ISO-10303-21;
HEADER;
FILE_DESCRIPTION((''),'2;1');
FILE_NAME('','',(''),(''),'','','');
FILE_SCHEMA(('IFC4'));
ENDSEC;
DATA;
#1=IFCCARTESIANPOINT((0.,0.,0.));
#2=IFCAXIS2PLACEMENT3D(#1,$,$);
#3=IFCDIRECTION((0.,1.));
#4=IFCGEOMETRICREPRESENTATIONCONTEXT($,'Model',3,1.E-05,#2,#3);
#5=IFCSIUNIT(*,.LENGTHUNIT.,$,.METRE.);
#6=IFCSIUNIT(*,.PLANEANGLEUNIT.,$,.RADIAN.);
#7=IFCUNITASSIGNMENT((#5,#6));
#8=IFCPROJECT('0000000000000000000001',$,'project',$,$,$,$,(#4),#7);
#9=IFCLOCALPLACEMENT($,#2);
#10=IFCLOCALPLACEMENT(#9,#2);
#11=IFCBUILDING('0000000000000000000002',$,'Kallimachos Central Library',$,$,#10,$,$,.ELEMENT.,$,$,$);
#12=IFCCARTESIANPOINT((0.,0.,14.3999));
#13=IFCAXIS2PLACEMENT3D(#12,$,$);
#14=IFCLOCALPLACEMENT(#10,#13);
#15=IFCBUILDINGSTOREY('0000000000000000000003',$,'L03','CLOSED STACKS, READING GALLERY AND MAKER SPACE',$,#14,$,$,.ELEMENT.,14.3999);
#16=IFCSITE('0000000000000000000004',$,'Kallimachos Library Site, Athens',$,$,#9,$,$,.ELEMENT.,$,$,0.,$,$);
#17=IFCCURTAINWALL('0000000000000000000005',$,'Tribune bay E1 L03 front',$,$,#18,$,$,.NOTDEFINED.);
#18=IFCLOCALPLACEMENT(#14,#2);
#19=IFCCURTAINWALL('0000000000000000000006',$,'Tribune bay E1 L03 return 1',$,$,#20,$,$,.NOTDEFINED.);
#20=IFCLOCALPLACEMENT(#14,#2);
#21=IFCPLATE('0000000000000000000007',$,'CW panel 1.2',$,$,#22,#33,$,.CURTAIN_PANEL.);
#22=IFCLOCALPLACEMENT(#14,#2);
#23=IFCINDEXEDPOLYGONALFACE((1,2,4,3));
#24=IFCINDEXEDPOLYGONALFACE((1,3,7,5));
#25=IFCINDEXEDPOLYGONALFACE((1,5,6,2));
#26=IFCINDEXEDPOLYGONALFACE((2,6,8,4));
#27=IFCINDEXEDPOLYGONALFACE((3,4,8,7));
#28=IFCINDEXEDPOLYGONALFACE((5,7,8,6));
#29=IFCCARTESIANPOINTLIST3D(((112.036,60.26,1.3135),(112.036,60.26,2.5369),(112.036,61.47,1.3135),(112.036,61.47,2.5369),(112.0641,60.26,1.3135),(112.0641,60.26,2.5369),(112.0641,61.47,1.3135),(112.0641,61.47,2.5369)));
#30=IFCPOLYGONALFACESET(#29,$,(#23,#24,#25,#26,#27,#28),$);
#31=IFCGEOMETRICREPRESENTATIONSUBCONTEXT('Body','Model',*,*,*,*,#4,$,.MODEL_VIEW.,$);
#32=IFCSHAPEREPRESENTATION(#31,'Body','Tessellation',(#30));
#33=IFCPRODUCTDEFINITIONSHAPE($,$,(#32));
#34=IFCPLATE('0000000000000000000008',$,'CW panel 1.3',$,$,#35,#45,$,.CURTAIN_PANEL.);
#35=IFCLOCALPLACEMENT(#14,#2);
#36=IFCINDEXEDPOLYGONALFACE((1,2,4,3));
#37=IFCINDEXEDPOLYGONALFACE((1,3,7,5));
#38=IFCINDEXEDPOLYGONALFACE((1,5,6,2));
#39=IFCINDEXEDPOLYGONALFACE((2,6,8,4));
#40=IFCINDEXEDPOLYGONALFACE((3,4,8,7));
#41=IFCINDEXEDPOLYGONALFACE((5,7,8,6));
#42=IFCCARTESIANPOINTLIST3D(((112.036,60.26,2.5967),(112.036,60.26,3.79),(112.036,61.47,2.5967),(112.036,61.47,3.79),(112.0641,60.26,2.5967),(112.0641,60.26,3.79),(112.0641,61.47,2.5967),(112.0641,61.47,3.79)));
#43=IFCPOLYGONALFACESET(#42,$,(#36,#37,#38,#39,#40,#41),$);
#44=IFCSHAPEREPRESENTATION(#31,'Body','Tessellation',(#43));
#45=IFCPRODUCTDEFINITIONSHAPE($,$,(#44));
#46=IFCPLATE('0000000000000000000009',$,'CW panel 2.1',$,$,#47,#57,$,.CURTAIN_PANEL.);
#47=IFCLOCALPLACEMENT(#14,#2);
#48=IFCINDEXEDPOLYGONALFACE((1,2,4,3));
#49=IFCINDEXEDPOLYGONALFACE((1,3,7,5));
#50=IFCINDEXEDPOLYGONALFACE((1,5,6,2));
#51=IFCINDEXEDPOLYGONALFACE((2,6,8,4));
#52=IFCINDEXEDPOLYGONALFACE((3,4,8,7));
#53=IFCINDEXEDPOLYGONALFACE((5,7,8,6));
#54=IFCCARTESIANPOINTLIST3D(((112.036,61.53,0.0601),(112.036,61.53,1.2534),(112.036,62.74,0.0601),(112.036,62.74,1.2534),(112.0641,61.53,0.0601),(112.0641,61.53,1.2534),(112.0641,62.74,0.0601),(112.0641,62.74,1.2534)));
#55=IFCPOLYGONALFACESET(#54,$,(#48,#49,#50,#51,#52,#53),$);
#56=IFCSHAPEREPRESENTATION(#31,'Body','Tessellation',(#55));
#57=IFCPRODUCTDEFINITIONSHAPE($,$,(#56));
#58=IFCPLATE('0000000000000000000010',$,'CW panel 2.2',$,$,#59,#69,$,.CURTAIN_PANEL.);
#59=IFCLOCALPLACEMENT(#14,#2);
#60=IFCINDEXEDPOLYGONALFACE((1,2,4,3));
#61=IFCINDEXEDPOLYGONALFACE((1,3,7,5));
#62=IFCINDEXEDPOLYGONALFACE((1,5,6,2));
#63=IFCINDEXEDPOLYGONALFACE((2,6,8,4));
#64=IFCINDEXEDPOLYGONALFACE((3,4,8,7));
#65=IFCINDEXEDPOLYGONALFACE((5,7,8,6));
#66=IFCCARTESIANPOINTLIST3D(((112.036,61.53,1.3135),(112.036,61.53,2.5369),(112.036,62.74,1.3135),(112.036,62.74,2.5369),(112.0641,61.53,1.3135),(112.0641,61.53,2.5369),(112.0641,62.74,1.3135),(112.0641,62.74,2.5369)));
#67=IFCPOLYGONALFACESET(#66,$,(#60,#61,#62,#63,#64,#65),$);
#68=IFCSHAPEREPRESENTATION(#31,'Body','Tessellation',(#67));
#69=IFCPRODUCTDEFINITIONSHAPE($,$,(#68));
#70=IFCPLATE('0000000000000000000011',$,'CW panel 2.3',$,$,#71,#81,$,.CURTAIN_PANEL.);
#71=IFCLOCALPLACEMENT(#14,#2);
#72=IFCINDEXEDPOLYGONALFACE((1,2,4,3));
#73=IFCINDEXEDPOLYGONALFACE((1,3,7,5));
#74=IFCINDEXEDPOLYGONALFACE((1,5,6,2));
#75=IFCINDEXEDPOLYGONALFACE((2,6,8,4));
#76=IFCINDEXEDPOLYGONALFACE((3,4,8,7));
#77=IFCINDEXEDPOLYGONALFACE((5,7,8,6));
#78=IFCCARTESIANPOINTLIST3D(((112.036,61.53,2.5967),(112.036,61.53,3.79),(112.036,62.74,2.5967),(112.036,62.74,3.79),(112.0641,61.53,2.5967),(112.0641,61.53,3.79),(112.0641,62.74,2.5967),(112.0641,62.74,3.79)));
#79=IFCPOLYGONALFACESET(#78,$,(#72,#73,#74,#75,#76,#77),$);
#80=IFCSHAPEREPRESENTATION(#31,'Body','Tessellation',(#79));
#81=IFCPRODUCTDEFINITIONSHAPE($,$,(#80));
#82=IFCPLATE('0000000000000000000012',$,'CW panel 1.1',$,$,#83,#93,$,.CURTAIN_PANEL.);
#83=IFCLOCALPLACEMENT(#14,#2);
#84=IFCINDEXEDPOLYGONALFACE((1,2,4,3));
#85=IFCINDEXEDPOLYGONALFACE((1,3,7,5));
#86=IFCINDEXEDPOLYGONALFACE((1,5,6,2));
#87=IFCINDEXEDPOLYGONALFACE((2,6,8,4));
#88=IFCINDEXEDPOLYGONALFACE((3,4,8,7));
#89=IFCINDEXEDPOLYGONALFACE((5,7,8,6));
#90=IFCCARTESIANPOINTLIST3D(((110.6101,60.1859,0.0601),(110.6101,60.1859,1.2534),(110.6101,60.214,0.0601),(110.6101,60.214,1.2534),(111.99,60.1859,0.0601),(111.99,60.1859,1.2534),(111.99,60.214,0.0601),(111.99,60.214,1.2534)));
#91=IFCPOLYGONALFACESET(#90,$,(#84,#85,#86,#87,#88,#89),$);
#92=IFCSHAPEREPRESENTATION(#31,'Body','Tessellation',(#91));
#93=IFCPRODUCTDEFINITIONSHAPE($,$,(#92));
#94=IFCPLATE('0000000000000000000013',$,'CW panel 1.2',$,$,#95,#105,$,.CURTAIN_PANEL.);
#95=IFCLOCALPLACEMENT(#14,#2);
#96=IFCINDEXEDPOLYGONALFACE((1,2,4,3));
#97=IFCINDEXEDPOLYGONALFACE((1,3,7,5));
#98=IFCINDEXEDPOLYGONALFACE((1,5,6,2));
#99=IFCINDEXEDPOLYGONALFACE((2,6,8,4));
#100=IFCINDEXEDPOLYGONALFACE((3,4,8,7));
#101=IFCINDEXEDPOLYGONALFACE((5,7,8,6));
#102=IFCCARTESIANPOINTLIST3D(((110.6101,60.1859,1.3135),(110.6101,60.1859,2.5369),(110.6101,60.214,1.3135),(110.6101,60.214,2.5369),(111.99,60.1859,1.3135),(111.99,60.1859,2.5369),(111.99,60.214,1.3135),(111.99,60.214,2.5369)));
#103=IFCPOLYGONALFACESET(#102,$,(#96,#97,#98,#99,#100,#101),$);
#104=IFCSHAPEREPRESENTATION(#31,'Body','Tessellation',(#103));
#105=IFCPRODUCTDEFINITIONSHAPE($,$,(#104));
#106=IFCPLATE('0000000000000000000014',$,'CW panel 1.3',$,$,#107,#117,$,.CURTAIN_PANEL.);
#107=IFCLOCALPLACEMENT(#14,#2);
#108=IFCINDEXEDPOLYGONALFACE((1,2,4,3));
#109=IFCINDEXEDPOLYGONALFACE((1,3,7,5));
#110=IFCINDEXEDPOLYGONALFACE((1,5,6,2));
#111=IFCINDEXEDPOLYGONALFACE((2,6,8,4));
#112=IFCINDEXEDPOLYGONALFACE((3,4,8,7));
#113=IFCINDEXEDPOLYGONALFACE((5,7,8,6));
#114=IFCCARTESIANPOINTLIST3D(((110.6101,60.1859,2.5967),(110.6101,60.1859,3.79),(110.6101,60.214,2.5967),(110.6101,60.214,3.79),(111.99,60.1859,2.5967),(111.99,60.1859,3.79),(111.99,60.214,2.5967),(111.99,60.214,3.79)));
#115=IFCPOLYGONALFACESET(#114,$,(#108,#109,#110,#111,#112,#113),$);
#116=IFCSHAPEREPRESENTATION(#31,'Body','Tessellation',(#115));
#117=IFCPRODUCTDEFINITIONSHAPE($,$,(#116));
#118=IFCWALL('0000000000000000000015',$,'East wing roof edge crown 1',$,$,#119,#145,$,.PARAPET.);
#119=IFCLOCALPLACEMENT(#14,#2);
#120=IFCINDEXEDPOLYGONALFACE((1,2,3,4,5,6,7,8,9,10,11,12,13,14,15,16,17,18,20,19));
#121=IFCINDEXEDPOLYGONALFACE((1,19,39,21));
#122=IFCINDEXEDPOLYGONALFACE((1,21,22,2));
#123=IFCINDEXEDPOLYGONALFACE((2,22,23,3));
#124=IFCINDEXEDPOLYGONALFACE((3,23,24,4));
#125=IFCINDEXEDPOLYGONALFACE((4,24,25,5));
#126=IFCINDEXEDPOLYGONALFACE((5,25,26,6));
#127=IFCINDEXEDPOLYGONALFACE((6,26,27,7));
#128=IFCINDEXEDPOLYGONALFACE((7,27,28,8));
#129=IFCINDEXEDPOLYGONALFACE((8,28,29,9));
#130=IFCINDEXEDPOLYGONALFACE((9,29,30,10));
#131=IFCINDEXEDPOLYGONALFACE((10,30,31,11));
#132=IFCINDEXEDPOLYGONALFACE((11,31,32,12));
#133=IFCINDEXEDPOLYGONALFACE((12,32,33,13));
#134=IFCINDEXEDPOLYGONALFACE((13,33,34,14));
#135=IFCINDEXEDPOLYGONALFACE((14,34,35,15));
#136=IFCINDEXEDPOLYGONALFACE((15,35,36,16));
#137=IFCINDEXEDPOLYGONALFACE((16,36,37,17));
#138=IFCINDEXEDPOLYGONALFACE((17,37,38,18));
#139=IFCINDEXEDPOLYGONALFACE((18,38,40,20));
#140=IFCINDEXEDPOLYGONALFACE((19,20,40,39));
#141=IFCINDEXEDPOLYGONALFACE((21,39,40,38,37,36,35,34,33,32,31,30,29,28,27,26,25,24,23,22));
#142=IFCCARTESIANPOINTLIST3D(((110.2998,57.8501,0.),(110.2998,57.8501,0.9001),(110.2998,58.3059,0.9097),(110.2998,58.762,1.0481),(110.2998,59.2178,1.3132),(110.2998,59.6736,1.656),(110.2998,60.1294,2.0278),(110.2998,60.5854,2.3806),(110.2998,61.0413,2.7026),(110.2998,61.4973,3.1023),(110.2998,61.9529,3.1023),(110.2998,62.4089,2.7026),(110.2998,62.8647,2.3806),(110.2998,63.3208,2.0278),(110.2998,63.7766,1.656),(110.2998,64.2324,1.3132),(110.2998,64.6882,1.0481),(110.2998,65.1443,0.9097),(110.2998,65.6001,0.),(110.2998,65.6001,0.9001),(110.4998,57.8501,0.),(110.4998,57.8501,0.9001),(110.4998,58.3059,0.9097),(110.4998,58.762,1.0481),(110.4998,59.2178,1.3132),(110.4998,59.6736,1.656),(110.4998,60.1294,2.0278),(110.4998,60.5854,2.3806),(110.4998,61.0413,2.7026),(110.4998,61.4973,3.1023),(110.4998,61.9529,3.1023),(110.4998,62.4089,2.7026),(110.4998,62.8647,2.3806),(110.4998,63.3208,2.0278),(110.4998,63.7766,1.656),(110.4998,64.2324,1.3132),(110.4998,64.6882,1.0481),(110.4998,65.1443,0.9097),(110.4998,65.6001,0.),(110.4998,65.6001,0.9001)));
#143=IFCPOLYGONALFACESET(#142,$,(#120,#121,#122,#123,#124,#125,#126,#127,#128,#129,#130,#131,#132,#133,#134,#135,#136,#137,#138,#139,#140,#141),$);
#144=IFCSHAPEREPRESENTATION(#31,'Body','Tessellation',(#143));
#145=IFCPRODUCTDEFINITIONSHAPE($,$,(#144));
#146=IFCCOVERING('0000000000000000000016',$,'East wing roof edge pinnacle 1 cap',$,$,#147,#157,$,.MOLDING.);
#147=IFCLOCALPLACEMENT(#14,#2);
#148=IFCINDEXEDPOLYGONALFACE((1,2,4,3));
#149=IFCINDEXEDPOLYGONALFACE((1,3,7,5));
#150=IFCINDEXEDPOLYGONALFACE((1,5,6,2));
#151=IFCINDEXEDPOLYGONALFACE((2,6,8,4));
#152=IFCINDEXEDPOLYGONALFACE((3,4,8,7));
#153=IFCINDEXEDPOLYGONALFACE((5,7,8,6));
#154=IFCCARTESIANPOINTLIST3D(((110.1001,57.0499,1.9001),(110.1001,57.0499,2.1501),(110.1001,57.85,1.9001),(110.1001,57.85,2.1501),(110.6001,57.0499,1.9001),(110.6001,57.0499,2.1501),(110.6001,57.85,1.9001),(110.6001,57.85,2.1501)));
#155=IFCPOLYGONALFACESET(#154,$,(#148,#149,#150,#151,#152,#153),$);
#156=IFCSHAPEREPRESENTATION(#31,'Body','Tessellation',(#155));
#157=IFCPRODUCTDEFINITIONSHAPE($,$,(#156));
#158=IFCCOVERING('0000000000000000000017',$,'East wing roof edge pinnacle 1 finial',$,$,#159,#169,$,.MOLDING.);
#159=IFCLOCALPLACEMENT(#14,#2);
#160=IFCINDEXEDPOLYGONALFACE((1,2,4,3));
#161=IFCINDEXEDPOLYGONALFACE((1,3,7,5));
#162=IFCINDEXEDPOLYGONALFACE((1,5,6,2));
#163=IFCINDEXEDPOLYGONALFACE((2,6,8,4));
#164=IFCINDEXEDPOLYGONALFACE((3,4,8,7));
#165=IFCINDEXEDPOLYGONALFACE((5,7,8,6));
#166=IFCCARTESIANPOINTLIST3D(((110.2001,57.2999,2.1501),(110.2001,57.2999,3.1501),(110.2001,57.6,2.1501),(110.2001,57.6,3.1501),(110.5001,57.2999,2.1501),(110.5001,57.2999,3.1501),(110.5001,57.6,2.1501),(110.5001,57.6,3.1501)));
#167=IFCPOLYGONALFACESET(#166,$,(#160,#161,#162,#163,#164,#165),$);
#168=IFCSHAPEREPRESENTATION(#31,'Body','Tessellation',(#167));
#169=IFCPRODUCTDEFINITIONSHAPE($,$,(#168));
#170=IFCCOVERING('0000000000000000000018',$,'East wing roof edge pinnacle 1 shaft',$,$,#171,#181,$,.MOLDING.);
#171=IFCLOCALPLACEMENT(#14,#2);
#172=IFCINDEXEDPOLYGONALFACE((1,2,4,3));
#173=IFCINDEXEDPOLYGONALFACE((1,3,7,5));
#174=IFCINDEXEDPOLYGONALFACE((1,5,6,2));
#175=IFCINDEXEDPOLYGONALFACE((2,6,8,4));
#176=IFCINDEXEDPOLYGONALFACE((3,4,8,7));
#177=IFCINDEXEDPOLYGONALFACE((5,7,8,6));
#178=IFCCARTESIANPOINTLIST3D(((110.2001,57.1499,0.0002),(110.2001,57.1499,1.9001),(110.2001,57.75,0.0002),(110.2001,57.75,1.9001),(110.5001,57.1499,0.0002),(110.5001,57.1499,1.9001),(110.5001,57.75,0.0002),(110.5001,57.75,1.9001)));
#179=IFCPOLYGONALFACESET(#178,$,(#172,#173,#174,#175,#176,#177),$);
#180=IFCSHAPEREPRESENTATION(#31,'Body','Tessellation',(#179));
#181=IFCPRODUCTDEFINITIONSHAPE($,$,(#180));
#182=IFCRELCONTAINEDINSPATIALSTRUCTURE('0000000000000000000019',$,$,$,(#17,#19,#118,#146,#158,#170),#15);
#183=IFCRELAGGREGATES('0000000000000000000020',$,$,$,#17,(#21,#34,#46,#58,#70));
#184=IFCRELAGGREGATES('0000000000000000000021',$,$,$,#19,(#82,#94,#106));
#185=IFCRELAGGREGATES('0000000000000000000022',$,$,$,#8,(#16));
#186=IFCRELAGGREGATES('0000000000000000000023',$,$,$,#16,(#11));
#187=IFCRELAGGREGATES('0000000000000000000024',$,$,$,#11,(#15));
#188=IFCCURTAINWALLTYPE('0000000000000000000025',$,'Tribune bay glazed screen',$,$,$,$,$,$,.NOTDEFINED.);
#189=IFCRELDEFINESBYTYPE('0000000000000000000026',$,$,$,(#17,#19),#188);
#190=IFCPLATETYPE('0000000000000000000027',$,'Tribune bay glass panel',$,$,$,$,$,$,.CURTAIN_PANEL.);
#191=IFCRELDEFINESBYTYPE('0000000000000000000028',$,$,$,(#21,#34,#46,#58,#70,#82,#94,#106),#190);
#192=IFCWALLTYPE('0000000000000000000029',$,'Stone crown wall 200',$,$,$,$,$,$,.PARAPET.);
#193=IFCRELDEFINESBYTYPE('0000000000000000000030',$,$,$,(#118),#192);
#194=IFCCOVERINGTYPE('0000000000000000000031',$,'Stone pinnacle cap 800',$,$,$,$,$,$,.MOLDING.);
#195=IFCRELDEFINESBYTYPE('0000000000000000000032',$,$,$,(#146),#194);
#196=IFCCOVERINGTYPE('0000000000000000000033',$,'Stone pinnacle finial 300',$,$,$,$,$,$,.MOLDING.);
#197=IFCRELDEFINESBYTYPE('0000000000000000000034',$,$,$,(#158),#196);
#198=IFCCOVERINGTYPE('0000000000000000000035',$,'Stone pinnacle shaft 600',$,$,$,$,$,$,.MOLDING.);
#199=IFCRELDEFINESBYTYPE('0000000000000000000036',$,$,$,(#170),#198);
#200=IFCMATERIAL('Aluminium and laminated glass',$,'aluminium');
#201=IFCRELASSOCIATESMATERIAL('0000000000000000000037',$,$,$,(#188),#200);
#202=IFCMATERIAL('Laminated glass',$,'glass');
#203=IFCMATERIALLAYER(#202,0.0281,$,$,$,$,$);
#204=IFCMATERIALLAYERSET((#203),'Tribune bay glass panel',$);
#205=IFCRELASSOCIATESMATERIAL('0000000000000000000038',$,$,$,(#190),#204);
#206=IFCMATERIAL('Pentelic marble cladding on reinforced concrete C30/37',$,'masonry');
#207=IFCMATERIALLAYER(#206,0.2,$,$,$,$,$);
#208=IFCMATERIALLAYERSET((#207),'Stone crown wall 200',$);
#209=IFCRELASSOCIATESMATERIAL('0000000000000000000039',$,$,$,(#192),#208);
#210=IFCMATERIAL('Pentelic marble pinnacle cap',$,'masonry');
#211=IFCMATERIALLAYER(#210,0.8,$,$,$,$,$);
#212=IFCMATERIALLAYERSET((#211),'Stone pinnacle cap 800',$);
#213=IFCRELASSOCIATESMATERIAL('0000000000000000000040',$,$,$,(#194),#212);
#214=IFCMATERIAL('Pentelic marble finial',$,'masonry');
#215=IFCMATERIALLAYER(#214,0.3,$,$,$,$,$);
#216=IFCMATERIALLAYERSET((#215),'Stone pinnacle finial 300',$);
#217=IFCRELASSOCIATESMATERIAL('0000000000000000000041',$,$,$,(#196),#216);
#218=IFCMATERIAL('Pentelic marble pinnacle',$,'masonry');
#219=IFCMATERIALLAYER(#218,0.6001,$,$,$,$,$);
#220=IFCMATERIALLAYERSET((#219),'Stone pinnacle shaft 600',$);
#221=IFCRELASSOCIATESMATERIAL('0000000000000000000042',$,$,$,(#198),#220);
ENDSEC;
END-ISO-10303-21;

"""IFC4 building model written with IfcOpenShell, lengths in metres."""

from ifc_helpers import new_model, si_unit, direction, frame, origin, origin_2d, place, context, subcontext, project, spatial, polyline, rectangle, outline, extrude, material, layer, layer_set, type_object, element, aggregate, save


model = new_model("IFC4")

# Units and contexts
model_context = context("Model", 3, precision=1e-05, world=origin(), true_north=direction((0.0, 1.0)))
body_context = subcontext(model_context, "Body", "Model", "MODEL_VIEW")
ifc_project = project(units=[si_unit("LENGTHUNIT", "METRE"), si_unit("PLANEANGLEUNIT", "RADIAN")], contexts=[model_context])

# Site, building, storey
site_placement = place(None, origin())
site = spatial("IfcSite", under=ifc_project, at=site_placement, Name="Kallimachos Library Site, Athens", CompositionType="ELEMENT", RefElevation=0.0)
building_placement = place(site_placement, origin())
building = spatial("IfcBuilding", under=site, at=building_placement, Name="Kallimachos Central Library", CompositionType="ELEMENT")
storey_placement = place(building_placement, frame((0.0, 0.0, 14.3999)))
storey = spatial("IfcBuildingStorey", under=building, at=storey_placement, Name="L03", Description="CLOSED STACKS, READING GALLERY AND MAKER SPACE", CompositionType="ELEMENT", Elevation=14.3999)

# Curtain walls
ifc_material_1 = material(Name="Aluminium and laminated glass", Category="aluminium")
curtain_wall_type = type_object("IfcCurtainWallType", Name="Tribune bay glazed screen", PredefinedType="NOTDEFINED", material=ifc_material_1)
curtain_wall_1_placement = place(storey_placement, origin())
curtain_wall_1 = element("IfcCurtainWall", 1, at=curtain_wall_1_placement, inside=storey, type_object=curtain_wall_type, Name="Tribune bay E1 L03 front", PredefinedType="NOTDEFINED")
curtain_wall_2_placement = place(storey_placement, origin())
curtain_wall_2 = element("IfcCurtainWall", 2, at=curtain_wall_2_placement, inside=storey, type_object=curtain_wall_type, Name="Tribune bay E1 L03 return 1", PredefinedType="NOTDEFINED")

# Plates
ifc_material_2 = material(Name="Laminated glass", Category="glass")
ifc_layer_1 = layer(ifc_material_2, 0.0281)
ifc_layer_set_1 = layer_set([ifc_layer_1], Name="Tribune bay glass panel")
plate_type = type_object("IfcPlateType", Name="Tribune bay glass panel", PredefinedType="CURTAIN_PANEL", material=ifc_layer_set_1)
plate_1_placement = place(storey_placement, frame((112.05, 60.865, 1.3135), z_axis=(0.0, 0.0, 1.0), x_axis=(0.0, 1.0, 0.0)))
plate_1 = element("IfcPlate", 3, at=plate_1_placement, type_object=plate_type, Name="CW panel 1.2", PredefinedType="CURTAIN_PANEL", context=body_context, shape_type="SweptSolid", body=[
    extrude(rectangle(XDim=1.21, YDim=0.0281, at=origin_2d()), origin(), (0.0, 0.0, 1.0), 1.2234),
])
plate_2_placement = place(storey_placement, frame((112.05, 60.865, 2.5967), z_axis=(0.0, 0.0, 1.0), x_axis=(0.0, 1.0, 0.0)))
plate_2 = element("IfcPlate", 4, at=plate_2_placement, type_object=plate_type, Name="CW panel 1.3", PredefinedType="CURTAIN_PANEL", context=body_context, shape_type="SweptSolid", body=[
    extrude(rectangle(XDim=1.21, YDim=0.0281, at=origin_2d()), origin(), (0.0, 0.0, 1.0), 1.1934),
])
plate_3_placement = place(storey_placement, frame((112.05, 62.135, 0.0601), z_axis=(0.0, 0.0, 1.0), x_axis=(0.0, 1.0, 0.0)))
plate_3 = element("IfcPlate", 5, at=plate_3_placement, type_object=plate_type, Name="CW panel 2.1", PredefinedType="CURTAIN_PANEL", context=body_context, shape_type="SweptSolid", body=[
    extrude(rectangle(XDim=1.21, YDim=0.0281, at=origin_2d()), origin(), (0.0, 0.0, 1.0), 1.1934),
])
plate_4_placement = place(storey_placement, frame((112.05, 62.135, 1.3135), z_axis=(0.0, 0.0, 1.0), x_axis=(0.0, 1.0, 0.0)))
plate_4 = element("IfcPlate", 6, at=plate_4_placement, type_object=plate_type, Name="CW panel 2.2", PredefinedType="CURTAIN_PANEL", context=body_context, shape_type="SweptSolid", body=[
    extrude(rectangle(XDim=1.21, YDim=0.0281, at=origin_2d()), origin(), (0.0, 0.0, 1.0), 1.2234),
])
plate_5_placement = place(storey_placement, frame((112.05, 62.135, 2.5967), z_axis=(0.0, 0.0, 1.0), x_axis=(0.0, 1.0, 0.0)))
plate_5 = element("IfcPlate", 7, at=plate_5_placement, type_object=plate_type, Name="CW panel 2.3", PredefinedType="CURTAIN_PANEL", context=body_context, shape_type="SweptSolid", body=[
    extrude(rectangle(XDim=1.21, YDim=0.0281, at=origin_2d()), origin(), (0.0, 0.0, 1.0), 1.1934),
])
aggregate(curtain_wall_1, [plate_1, plate_2, plate_3, plate_4, plate_5])
plate_6_placement = place(storey_placement, frame((111.3, 60.2, 0.0601), z_axis=(0.0, 0.0, 1.0), x_axis=(1.0, 0.0, 0.0)))
plate_6 = element("IfcPlate", 8, at=plate_6_placement, type_object=plate_type, Name="CW panel 1.1", PredefinedType="CURTAIN_PANEL", context=body_context, shape_type="SweptSolid", body=[
    extrude(rectangle(XDim=1.3799, YDim=0.0281, at=origin_2d()), origin(), (0.0, 0.0, 1.0), 1.1934),
])
plate_7_placement = place(storey_placement, frame((111.3, 60.2, 1.3135), z_axis=(0.0, 0.0, 1.0), x_axis=(1.0, 0.0, 0.0)))
plate_7 = element("IfcPlate", 9, at=plate_7_placement, type_object=plate_type, Name="CW panel 1.2", PredefinedType="CURTAIN_PANEL", context=body_context, shape_type="SweptSolid", body=[
    extrude(rectangle(XDim=1.3799, YDim=0.0281, at=origin_2d()), origin(), (0.0, 0.0, 1.0), 1.2234),
])
plate_8_placement = place(storey_placement, frame((111.3, 60.2, 2.5967), z_axis=(0.0, 0.0, 1.0), x_axis=(1.0, 0.0, 0.0)))
plate_8 = element("IfcPlate", 10, at=plate_8_placement, type_object=plate_type, Name="CW panel 1.3", PredefinedType="CURTAIN_PANEL", context=body_context, shape_type="SweptSolid", body=[
    extrude(rectangle(XDim=1.3799, YDim=0.0281, at=origin_2d()), origin(), (0.0, 0.0, 1.0), 1.1934),
])
aggregate(curtain_wall_2, [plate_6, plate_7, plate_8])

# Wall
ifc_material_3 = material(Name="Pentelic marble cladding on reinforced concrete C30/37", Category="masonry")
ifc_layer_2 = layer(ifc_material_3, 0.2)
ifc_layer_set_2 = layer_set([ifc_layer_2], Name="Stone crown wall 200")
wall_type = type_object("IfcWallType", Name="Stone crown wall 200", PredefinedType="PARAPET", material=ifc_layer_set_2)
wall_placement = place(storey_placement, frame((110.3999, 57.8501, 0.0), z_axis=(0.0, 0.0, 1.0), x_axis=(0.0, 1.0, 0.0)))
element("IfcWall", 11, at=wall_placement, inside=storey, type_object=wall_type, Name="East wing roof edge crown 1", PredefinedType="PARAPET", context=body_context, shape_type="SweptSolid", body=[
    extrude(outline(polyline([(0.0, 0.0), (7.75, 0.0), (7.75, 0.9001), (7.2942, 0.9097), (6.8381, 1.0481), (6.3823, 1.3132), (5.9265, 1.656), (5.4707, 2.0278), (5.0146, 2.3806), (4.5588, 2.7026), (4.1028, 3.1023), (3.6472, 3.1023), (3.1912, 2.7026), (2.7354, 2.3806), (2.2793, 2.0278), (1.8235, 1.656), (1.3677, 1.3132), (0.9119, 1.0481), (0.4558, 0.9097), (0.0, 0.9001), (0.0, 0.0)])), frame((0.0, 0.1001, 0.0), z_axis=(0.0, -1.0, 0.0), x_axis=(1.0, 0.0, 0.0)), (0.0, 0.0, 1.0), 0.2),
])

# Coverings
ifc_material_4 = material(Name="Pentelic marble pinnacle cap", Category="masonry")
ifc_layer_3 = layer(ifc_material_4, 0.8)
ifc_layer_set_3 = layer_set([ifc_layer_3], Name="Stone pinnacle cap 800")
covering_type_1 = type_object("IfcCoveringType", Name="Stone pinnacle cap 800", PredefinedType="MOLDING", material=ifc_layer_set_3)
covering_1_placement = place(storey_placement, frame((110.3501, 57.45, 1.9001), z_axis=(0.0, 0.0, 1.0), x_axis=(1.0, 0.0, 0.0)))
element("IfcCovering", 12, at=covering_1_placement, inside=storey, type_object=covering_type_1, Name="East wing roof edge pinnacle 1 cap", PredefinedType="MOLDING", context=body_context, shape_type="SweptSolid", body=[
    extrude(rectangle(XDim=0.5, YDim=0.8, at=origin_2d()), origin(), (0.0, 0.0, 1.0), 0.25),
])
ifc_material_5 = material(Name="Pentelic marble finial", Category="masonry")
ifc_layer_4 = layer(ifc_material_5, 0.3)
ifc_layer_set_4 = layer_set([ifc_layer_4], Name="Stone pinnacle finial 300")
covering_type_2 = type_object("IfcCoveringType", Name="Stone pinnacle finial 300", PredefinedType="MOLDING", material=ifc_layer_set_4)
covering_2_placement = place(storey_placement, frame((110.3501, 57.45, 2.1501), z_axis=(0.0, 0.0, 1.0), x_axis=(1.0, 0.0, 0.0)))
element("IfcCovering", 13, at=covering_2_placement, inside=storey, type_object=covering_type_2, Name="East wing roof edge pinnacle 1 finial", PredefinedType="MOLDING", context=body_context, shape_type="SweptSolid", body=[
    extrude(rectangle(XDim=0.3, YDim=0.3, at=origin_2d()), origin(), (0.0, 0.0, 1.0), 1.0),
])
ifc_material_6 = material(Name="Pentelic marble pinnacle", Category="masonry")
ifc_layer_5 = layer(ifc_material_6, 0.6001)
ifc_layer_set_5 = layer_set([ifc_layer_5], Name="Stone pinnacle shaft 600")
covering_type_3 = type_object("IfcCoveringType", Name="Stone pinnacle shaft 600", PredefinedType="MOLDING", material=ifc_layer_set_5)
covering_3_placement = place(storey_placement, frame((110.3501, 57.45, 0.0002), z_axis=(0.0, 0.0, 1.0), x_axis=(1.0, 0.0, 0.0)))
element("IfcCovering", 14, at=covering_3_placement, inside=storey, type_object=covering_type_3, Name="East wing roof edge pinnacle 1 shaft", PredefinedType="MOLDING", context=body_context, shape_type="SweptSolid", body=[
    extrude(rectangle(XDim=0.3, YDim=0.6001, at=origin_2d()), origin(), (0.0, 0.0, 1.0), 1.8999),
])

save(model, "model.ifc")
